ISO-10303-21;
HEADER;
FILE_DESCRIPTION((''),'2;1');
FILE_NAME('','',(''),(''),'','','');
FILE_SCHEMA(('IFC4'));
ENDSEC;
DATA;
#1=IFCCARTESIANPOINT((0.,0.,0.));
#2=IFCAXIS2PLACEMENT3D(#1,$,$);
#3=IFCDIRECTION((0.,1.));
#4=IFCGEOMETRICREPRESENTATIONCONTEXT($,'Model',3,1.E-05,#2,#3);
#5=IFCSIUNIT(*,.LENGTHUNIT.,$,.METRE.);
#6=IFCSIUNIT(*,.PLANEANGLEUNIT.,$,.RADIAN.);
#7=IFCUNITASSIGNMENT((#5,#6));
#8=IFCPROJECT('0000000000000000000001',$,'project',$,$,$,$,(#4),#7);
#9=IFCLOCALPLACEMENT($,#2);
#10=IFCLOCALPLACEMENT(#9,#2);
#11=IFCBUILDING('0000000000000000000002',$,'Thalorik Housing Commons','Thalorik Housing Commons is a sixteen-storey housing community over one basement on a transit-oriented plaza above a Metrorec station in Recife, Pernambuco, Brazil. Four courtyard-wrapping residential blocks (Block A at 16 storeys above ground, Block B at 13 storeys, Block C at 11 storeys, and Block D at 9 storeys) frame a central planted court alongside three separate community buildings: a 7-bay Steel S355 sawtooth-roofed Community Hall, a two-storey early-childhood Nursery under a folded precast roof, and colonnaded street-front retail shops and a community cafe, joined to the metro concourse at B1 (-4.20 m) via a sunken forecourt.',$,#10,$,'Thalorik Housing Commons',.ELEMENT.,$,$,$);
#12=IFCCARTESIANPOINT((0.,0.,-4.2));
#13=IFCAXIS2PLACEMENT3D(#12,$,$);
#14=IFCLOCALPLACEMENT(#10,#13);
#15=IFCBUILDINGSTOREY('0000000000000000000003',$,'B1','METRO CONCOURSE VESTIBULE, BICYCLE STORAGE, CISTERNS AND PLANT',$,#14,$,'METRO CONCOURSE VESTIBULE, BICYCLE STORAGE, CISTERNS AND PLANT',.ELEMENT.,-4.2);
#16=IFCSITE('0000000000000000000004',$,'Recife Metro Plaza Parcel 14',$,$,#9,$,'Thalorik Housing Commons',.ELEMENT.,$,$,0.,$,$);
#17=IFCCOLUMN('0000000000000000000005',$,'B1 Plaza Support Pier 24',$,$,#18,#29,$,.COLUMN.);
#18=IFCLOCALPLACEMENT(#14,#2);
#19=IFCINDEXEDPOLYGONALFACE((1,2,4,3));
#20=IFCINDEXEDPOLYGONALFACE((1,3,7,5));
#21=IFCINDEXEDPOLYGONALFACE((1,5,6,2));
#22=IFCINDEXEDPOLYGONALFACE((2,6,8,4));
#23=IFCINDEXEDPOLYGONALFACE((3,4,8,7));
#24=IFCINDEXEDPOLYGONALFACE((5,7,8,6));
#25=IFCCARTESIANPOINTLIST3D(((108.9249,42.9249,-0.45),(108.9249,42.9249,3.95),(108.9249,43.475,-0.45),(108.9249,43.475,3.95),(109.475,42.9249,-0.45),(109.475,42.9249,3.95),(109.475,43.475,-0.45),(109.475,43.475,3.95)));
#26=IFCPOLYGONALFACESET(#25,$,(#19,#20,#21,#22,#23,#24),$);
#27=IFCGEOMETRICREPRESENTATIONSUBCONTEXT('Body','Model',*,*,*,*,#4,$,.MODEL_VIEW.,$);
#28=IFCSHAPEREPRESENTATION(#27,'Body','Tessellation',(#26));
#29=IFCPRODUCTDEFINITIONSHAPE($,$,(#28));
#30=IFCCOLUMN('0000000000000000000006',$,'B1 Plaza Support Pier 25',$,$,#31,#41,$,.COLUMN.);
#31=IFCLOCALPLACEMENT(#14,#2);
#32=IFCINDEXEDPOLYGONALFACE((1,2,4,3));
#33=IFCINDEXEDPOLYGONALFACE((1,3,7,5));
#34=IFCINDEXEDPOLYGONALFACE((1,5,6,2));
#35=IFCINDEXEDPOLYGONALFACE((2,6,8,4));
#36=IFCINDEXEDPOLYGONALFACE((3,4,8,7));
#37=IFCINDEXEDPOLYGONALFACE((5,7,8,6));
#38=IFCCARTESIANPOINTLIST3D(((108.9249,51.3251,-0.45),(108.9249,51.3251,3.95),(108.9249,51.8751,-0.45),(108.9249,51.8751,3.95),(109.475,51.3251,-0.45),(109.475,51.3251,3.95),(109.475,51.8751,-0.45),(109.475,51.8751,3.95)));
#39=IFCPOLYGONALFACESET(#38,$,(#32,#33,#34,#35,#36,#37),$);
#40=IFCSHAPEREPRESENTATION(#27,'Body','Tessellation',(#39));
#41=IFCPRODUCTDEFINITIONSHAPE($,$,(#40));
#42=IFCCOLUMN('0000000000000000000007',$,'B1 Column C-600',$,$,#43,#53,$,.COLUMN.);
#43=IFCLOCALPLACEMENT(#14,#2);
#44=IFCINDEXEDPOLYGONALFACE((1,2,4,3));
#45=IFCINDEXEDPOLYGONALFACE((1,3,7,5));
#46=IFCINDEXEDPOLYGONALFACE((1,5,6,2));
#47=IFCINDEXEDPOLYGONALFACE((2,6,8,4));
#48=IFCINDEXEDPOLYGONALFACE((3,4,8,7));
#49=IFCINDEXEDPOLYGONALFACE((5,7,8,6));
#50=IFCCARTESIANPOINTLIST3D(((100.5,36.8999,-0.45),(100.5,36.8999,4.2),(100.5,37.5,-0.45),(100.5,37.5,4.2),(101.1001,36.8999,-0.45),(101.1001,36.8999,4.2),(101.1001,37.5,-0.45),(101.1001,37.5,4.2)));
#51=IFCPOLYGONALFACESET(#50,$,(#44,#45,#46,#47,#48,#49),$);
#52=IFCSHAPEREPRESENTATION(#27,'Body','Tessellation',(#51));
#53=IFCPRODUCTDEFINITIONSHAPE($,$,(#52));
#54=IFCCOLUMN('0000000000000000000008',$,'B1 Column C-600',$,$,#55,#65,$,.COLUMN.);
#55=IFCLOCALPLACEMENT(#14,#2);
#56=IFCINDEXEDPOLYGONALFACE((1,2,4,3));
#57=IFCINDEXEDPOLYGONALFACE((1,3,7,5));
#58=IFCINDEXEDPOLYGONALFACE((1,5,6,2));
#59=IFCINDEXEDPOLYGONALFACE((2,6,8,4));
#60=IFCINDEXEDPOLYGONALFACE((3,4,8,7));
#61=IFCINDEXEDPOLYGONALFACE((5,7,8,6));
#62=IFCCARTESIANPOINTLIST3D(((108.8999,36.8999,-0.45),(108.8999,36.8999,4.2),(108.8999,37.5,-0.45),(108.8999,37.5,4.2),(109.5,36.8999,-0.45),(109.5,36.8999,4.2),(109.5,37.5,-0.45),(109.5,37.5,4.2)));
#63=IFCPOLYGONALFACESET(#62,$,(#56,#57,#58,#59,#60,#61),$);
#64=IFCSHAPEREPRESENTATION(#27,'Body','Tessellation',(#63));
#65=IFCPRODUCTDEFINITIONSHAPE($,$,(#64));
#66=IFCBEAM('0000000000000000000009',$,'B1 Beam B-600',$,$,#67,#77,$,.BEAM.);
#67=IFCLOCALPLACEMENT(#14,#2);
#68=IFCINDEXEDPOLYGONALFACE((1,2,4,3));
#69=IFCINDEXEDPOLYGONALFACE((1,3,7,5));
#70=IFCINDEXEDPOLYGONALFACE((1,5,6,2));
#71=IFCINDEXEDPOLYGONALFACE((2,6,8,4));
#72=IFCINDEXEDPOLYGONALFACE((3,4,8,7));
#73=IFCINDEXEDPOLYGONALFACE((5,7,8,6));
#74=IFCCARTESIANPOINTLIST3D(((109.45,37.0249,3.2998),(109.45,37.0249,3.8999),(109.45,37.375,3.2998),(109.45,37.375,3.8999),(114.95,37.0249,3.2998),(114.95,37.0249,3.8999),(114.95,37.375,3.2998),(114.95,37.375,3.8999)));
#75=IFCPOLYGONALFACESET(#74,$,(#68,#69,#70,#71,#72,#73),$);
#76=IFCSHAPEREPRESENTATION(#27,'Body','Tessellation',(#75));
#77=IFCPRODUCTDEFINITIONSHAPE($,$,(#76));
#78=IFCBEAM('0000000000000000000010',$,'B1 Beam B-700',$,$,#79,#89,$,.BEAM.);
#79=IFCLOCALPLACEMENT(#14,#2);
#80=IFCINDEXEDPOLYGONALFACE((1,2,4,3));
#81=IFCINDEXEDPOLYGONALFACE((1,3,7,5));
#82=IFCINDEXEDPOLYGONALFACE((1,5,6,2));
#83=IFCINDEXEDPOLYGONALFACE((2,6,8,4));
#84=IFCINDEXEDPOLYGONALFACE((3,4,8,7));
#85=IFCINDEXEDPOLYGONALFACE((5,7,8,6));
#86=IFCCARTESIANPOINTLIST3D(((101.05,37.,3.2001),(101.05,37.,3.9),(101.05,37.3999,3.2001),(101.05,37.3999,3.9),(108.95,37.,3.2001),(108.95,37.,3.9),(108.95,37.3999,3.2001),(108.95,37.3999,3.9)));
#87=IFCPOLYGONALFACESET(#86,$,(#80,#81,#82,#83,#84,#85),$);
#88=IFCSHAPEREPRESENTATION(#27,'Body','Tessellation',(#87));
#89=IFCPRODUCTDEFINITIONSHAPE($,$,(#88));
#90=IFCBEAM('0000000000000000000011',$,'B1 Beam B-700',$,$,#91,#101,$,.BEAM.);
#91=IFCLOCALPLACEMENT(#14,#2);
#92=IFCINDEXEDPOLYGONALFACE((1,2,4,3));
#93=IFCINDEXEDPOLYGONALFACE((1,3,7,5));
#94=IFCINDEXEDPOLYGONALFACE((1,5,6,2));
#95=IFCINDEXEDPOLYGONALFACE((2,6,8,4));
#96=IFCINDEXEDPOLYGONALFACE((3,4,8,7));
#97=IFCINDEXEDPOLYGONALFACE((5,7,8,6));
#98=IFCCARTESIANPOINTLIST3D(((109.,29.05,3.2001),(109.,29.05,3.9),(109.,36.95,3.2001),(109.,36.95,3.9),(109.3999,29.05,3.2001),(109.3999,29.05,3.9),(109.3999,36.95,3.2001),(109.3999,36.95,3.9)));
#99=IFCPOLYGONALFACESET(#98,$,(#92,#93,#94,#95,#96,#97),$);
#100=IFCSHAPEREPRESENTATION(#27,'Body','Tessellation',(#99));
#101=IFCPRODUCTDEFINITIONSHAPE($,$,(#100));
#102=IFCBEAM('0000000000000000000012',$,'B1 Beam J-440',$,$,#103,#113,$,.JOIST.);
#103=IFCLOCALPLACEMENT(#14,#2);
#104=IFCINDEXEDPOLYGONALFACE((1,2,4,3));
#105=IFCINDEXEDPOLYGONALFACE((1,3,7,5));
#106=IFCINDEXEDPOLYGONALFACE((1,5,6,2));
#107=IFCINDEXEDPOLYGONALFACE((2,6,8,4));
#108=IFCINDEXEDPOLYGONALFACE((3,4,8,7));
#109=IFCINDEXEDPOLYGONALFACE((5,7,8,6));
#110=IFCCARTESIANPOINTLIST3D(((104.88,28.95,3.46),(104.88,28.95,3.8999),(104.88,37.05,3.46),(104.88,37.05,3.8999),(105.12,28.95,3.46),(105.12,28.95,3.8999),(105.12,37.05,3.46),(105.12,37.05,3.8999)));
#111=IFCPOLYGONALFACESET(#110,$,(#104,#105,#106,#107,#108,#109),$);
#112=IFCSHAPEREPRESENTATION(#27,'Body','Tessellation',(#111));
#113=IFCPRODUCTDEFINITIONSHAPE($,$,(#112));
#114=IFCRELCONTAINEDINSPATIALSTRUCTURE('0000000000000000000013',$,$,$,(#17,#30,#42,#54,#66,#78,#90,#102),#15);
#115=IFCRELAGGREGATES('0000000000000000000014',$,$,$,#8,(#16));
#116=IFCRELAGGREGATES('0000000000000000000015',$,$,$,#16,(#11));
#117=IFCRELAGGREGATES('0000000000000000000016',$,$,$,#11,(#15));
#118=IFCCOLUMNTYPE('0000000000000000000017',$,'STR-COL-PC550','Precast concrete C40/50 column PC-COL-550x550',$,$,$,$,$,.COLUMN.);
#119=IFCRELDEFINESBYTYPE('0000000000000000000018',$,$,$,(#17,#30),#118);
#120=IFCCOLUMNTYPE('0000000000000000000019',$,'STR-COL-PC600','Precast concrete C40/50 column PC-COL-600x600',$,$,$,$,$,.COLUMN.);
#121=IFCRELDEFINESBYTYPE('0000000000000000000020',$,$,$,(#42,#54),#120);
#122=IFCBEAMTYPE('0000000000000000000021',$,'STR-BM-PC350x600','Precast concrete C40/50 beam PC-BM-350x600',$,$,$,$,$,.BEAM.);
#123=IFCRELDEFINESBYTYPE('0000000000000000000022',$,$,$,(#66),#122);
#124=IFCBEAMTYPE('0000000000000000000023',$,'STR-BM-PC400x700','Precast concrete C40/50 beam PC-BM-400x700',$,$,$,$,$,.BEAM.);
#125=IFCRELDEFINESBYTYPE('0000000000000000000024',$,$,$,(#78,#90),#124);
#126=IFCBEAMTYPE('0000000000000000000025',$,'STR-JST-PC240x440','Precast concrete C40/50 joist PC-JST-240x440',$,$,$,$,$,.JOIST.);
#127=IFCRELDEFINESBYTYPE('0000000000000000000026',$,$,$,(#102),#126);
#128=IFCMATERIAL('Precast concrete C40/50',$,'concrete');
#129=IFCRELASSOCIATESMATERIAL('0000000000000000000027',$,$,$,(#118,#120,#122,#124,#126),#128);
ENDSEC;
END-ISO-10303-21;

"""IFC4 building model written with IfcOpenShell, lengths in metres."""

from ifc_helpers import new_model, si_unit, direction, frame, origin, origin_2d, place, context, subcontext, project, spatial, rectangle, extrude, material, material_profile, profile_set, type_object, element, save


model = new_model("IFC4")

# Units and contexts
model_context = context("Model", 3, precision=1e-05, world=origin(), true_north=direction((0.0, 1.0)))
body_context = subcontext(model_context, "Body", "Model", "MODEL_VIEW")
ifc_project = project(units=[si_unit("LENGTHUNIT", "METRE"), si_unit("PLANEANGLEUNIT", "RADIAN")], contexts=[model_context])

# Site, building, storey
site_placement = place(None, origin())
site = spatial("IfcSite", under=ifc_project, at=site_placement, Name="Recife Metro Plaza Parcel 14", LongName="Thalorik Housing Commons", CompositionType="ELEMENT", RefElevation=0.0)
building_placement = place(site_placement, origin())
building = spatial("IfcBuilding", under=site, at=building_placement, Name="Thalorik Housing Commons", Description="Thalorik Housing Commons is a sixteen-storey housing community over one basement on a transit-oriented plaza above a Metrorec station in Recife, Pernambuco, Brazil. Four courtyard-wrapping residential blocks (Block A at 16 storeys above ground, Block B at 13 storeys, Block C at 11 storeys, and Block D at 9 storeys) frame a central planted court alongside three separate community buildings: a 7-bay Steel S355 sawtooth-roofed Community Hall, a two-storey early-childhood Nursery under a folded precast roof, and colonnaded street-front retail shops and a community cafe, joined to the metro concourse at B1 (-4.20 m) via a sunken forecourt.", LongName="Thalorik Housing Commons", CompositionType="ELEMENT")
storey_placement = place(building_placement, frame((0.0, 0.0, -4.2)))
storey = spatial("IfcBuildingStorey", under=building, at=storey_placement, Name="B1", Description="METRO CONCOURSE VESTIBULE, BICYCLE STORAGE, CISTERNS AND PLANT", LongName="METRO CONCOURSE VESTIBULE, BICYCLE STORAGE, CISTERNS AND PLANT", CompositionType="ELEMENT", Elevation=-4.2)

# Columns
ifc_material_1 = material(Name="Precast concrete C40/50", Category="concrete")
ifc_material_profile_1 = material_profile(ifc_material_1, rectangle(XDim=0.55, YDim=0.55, at=origin_2d()), Name="PC 550x550", Category="concrete")
ifc_profile_set_1 = profile_set([ifc_material_profile_1], Name="Precast concrete C40/50")
column_type_1 = type_object("IfcColumnType", Name="STR-COL-PC550", Description="Precast concrete C40/50 column PC-COL-550x550", PredefinedType="COLUMN", material=ifc_profile_set_1)
for number, where, z_axis, x_axis, name in (
    (1, (109.2, 43.2, -0.45), (0.0, 0.0, 1.0), (1.0, 0.0, 0.0), "B1 Plaza Support Pier 24"),
    (2, (109.2, 51.6001, -0.45), (0.0, 0.0, 1.0), (1.0, 0.0, 0.0), "B1 Plaza Support Pier 25"),
):
    element("IfcColumn", number, at=place(storey_placement, frame(where, z_axis=z_axis, x_axis=x_axis)), inside=storey, type_object=column_type_1, Name=name, PredefinedType="COLUMN", context=body_context, shape_type="SweptSolid", body=[
        extrude(rectangle(XDim=0.55, YDim=0.55, at=origin_2d()), origin(), (0.0, 0.0, 1.0), 4.3999),
    ])
ifc_material_profile_2 = material_profile(ifc_material_1, rectangle(XDim=0.6001, YDim=0.6001, at=origin_2d()), Name="PC 600x600", Category="concrete")
ifc_profile_set_2 = profile_set([ifc_material_profile_2], Name="Precast concrete C40/50")
column_type_2 = type_object("IfcColumnType", Name="STR-COL-PC600", Description="Precast concrete C40/50 column PC-COL-600x600", PredefinedType="COLUMN", material=ifc_profile_set_2)
for number, where, z_axis, x_axis, name in (
    (3, (100.8, 37.2, -0.45), (0.0, 0.0, 1.0), (1.0, 0.0, 0.0), "B1 Column C-600"),
    (4, (109.2, 37.2, -0.45), (0.0, 0.0, 1.0), (1.0, 0.0, 0.0), "B1 Column C-600"),
):
    element("IfcColumn", number, at=place(storey_placement, frame(where, z_axis=z_axis, x_axis=x_axis)), inside=storey, type_object=column_type_2, Name=name, PredefinedType="COLUMN", context=body_context, shape_type="SweptSolid", body=[
        extrude(rectangle(XDim=0.6001, YDim=0.6001, at=origin_2d()), origin(), (0.0, 0.0, 1.0), 4.6499),
    ])

# Beams
ifc_material_profile_3 = material_profile(ifc_material_1, rectangle(XDim=0.3501, YDim=0.6001, at=origin_2d()), Name="PC 350x600", Category="concrete")
ifc_profile_set_3 = profile_set([ifc_material_profile_3], Name="Precast concrete C40/50")
beam_type_1 = type_object("IfcBeamType", Name="STR-BM-PC350x600", Description="Precast concrete C40/50 beam PC-BM-350x600", PredefinedType="BEAM", material=ifc_profile_set_3)
beam_1_placement = place(storey_placement, frame((109.45, 37.2, 3.5999), z_axis=(1.0, 0.0, 0.0), x_axis=(0.0, 1.0, 0.0)))
element("IfcBeam", 5, at=beam_1_placement, inside=storey, type_object=beam_type_1, Name="B1 Beam B-600", PredefinedType="BEAM", context=body_context, shape_type="SweptSolid", body=[
    extrude(rectangle(XDim=0.3501, YDim=0.6001, at=origin_2d()), origin(), (0.0, 0.0, 1.0), 5.5),
])
ifc_material_profile_4 = material_profile(ifc_material_1, rectangle(XDim=0.3999, YDim=0.7, at=origin_2d()), Name="PC 400x700", Category="concrete")
ifc_profile_set_4 = profile_set([ifc_material_profile_4], Name="Precast concrete C40/50")
beam_type_2 = type_object("IfcBeamType", Name="STR-BM-PC400x700", Description="Precast concrete C40/50 beam PC-BM-400x700", PredefinedType="BEAM", material=ifc_profile_set_4)
for number, where, z_axis, x_axis, name in (
    (6, (101.05, 37.2, 3.55), (1.0, 0.0, 0.0), (0.0, 1.0, 0.0), "B1 Beam B-700"),
    (7, (109.2, 29.05, 3.55), (0.0, 1.0, 0.0), (-1.0, 0.0, 0.0), "B1 Beam B-700"),
):
    element("IfcBeam", number, at=place(storey_placement, frame(where, z_axis=z_axis, x_axis=x_axis)), inside=storey, type_object=beam_type_2, Name=name, PredefinedType="BEAM", context=body_context, shape_type="SweptSolid", body=[
        extrude(rectangle(XDim=0.3999, YDim=0.7, at=origin_2d()), origin(), (0.0, 0.0, 1.0), 7.8999),
    ])
ifc_material_profile_5 = material_profile(ifc_material_1, rectangle(XDim=0.24, YDim=0.4399, at=origin_2d()), Name="PC JST 240x440", Category="concrete")
ifc_profile_set_5 = profile_set([ifc_material_profile_5], Name="Precast concrete C40/50")
beam_type_3 = type_object("IfcBeamType", Name="STR-JST-PC240x440", Description="Precast concrete C40/50 joist PC-JST-240x440", PredefinedType="JOIST", material=ifc_profile_set_5)
beam_2_placement = place(storey_placement, frame((105.0, 28.95, 3.6799), z_axis=(0.0, 1.0, 0.0), x_axis=(-1.0, 0.0, 0.0)))
element("IfcBeam", 8, at=beam_2_placement, inside=storey, type_object=beam_type_3, Name="B1 Beam J-440", PredefinedType="JOIST", context=body_context, shape_type="SweptSolid", body=[
    extrude(rectangle(XDim=0.24, YDim=0.4399, at=origin_2d()), origin(), (0.0, 0.0, 1.0), 8.1001),
])

save(model, "model.ifc")
